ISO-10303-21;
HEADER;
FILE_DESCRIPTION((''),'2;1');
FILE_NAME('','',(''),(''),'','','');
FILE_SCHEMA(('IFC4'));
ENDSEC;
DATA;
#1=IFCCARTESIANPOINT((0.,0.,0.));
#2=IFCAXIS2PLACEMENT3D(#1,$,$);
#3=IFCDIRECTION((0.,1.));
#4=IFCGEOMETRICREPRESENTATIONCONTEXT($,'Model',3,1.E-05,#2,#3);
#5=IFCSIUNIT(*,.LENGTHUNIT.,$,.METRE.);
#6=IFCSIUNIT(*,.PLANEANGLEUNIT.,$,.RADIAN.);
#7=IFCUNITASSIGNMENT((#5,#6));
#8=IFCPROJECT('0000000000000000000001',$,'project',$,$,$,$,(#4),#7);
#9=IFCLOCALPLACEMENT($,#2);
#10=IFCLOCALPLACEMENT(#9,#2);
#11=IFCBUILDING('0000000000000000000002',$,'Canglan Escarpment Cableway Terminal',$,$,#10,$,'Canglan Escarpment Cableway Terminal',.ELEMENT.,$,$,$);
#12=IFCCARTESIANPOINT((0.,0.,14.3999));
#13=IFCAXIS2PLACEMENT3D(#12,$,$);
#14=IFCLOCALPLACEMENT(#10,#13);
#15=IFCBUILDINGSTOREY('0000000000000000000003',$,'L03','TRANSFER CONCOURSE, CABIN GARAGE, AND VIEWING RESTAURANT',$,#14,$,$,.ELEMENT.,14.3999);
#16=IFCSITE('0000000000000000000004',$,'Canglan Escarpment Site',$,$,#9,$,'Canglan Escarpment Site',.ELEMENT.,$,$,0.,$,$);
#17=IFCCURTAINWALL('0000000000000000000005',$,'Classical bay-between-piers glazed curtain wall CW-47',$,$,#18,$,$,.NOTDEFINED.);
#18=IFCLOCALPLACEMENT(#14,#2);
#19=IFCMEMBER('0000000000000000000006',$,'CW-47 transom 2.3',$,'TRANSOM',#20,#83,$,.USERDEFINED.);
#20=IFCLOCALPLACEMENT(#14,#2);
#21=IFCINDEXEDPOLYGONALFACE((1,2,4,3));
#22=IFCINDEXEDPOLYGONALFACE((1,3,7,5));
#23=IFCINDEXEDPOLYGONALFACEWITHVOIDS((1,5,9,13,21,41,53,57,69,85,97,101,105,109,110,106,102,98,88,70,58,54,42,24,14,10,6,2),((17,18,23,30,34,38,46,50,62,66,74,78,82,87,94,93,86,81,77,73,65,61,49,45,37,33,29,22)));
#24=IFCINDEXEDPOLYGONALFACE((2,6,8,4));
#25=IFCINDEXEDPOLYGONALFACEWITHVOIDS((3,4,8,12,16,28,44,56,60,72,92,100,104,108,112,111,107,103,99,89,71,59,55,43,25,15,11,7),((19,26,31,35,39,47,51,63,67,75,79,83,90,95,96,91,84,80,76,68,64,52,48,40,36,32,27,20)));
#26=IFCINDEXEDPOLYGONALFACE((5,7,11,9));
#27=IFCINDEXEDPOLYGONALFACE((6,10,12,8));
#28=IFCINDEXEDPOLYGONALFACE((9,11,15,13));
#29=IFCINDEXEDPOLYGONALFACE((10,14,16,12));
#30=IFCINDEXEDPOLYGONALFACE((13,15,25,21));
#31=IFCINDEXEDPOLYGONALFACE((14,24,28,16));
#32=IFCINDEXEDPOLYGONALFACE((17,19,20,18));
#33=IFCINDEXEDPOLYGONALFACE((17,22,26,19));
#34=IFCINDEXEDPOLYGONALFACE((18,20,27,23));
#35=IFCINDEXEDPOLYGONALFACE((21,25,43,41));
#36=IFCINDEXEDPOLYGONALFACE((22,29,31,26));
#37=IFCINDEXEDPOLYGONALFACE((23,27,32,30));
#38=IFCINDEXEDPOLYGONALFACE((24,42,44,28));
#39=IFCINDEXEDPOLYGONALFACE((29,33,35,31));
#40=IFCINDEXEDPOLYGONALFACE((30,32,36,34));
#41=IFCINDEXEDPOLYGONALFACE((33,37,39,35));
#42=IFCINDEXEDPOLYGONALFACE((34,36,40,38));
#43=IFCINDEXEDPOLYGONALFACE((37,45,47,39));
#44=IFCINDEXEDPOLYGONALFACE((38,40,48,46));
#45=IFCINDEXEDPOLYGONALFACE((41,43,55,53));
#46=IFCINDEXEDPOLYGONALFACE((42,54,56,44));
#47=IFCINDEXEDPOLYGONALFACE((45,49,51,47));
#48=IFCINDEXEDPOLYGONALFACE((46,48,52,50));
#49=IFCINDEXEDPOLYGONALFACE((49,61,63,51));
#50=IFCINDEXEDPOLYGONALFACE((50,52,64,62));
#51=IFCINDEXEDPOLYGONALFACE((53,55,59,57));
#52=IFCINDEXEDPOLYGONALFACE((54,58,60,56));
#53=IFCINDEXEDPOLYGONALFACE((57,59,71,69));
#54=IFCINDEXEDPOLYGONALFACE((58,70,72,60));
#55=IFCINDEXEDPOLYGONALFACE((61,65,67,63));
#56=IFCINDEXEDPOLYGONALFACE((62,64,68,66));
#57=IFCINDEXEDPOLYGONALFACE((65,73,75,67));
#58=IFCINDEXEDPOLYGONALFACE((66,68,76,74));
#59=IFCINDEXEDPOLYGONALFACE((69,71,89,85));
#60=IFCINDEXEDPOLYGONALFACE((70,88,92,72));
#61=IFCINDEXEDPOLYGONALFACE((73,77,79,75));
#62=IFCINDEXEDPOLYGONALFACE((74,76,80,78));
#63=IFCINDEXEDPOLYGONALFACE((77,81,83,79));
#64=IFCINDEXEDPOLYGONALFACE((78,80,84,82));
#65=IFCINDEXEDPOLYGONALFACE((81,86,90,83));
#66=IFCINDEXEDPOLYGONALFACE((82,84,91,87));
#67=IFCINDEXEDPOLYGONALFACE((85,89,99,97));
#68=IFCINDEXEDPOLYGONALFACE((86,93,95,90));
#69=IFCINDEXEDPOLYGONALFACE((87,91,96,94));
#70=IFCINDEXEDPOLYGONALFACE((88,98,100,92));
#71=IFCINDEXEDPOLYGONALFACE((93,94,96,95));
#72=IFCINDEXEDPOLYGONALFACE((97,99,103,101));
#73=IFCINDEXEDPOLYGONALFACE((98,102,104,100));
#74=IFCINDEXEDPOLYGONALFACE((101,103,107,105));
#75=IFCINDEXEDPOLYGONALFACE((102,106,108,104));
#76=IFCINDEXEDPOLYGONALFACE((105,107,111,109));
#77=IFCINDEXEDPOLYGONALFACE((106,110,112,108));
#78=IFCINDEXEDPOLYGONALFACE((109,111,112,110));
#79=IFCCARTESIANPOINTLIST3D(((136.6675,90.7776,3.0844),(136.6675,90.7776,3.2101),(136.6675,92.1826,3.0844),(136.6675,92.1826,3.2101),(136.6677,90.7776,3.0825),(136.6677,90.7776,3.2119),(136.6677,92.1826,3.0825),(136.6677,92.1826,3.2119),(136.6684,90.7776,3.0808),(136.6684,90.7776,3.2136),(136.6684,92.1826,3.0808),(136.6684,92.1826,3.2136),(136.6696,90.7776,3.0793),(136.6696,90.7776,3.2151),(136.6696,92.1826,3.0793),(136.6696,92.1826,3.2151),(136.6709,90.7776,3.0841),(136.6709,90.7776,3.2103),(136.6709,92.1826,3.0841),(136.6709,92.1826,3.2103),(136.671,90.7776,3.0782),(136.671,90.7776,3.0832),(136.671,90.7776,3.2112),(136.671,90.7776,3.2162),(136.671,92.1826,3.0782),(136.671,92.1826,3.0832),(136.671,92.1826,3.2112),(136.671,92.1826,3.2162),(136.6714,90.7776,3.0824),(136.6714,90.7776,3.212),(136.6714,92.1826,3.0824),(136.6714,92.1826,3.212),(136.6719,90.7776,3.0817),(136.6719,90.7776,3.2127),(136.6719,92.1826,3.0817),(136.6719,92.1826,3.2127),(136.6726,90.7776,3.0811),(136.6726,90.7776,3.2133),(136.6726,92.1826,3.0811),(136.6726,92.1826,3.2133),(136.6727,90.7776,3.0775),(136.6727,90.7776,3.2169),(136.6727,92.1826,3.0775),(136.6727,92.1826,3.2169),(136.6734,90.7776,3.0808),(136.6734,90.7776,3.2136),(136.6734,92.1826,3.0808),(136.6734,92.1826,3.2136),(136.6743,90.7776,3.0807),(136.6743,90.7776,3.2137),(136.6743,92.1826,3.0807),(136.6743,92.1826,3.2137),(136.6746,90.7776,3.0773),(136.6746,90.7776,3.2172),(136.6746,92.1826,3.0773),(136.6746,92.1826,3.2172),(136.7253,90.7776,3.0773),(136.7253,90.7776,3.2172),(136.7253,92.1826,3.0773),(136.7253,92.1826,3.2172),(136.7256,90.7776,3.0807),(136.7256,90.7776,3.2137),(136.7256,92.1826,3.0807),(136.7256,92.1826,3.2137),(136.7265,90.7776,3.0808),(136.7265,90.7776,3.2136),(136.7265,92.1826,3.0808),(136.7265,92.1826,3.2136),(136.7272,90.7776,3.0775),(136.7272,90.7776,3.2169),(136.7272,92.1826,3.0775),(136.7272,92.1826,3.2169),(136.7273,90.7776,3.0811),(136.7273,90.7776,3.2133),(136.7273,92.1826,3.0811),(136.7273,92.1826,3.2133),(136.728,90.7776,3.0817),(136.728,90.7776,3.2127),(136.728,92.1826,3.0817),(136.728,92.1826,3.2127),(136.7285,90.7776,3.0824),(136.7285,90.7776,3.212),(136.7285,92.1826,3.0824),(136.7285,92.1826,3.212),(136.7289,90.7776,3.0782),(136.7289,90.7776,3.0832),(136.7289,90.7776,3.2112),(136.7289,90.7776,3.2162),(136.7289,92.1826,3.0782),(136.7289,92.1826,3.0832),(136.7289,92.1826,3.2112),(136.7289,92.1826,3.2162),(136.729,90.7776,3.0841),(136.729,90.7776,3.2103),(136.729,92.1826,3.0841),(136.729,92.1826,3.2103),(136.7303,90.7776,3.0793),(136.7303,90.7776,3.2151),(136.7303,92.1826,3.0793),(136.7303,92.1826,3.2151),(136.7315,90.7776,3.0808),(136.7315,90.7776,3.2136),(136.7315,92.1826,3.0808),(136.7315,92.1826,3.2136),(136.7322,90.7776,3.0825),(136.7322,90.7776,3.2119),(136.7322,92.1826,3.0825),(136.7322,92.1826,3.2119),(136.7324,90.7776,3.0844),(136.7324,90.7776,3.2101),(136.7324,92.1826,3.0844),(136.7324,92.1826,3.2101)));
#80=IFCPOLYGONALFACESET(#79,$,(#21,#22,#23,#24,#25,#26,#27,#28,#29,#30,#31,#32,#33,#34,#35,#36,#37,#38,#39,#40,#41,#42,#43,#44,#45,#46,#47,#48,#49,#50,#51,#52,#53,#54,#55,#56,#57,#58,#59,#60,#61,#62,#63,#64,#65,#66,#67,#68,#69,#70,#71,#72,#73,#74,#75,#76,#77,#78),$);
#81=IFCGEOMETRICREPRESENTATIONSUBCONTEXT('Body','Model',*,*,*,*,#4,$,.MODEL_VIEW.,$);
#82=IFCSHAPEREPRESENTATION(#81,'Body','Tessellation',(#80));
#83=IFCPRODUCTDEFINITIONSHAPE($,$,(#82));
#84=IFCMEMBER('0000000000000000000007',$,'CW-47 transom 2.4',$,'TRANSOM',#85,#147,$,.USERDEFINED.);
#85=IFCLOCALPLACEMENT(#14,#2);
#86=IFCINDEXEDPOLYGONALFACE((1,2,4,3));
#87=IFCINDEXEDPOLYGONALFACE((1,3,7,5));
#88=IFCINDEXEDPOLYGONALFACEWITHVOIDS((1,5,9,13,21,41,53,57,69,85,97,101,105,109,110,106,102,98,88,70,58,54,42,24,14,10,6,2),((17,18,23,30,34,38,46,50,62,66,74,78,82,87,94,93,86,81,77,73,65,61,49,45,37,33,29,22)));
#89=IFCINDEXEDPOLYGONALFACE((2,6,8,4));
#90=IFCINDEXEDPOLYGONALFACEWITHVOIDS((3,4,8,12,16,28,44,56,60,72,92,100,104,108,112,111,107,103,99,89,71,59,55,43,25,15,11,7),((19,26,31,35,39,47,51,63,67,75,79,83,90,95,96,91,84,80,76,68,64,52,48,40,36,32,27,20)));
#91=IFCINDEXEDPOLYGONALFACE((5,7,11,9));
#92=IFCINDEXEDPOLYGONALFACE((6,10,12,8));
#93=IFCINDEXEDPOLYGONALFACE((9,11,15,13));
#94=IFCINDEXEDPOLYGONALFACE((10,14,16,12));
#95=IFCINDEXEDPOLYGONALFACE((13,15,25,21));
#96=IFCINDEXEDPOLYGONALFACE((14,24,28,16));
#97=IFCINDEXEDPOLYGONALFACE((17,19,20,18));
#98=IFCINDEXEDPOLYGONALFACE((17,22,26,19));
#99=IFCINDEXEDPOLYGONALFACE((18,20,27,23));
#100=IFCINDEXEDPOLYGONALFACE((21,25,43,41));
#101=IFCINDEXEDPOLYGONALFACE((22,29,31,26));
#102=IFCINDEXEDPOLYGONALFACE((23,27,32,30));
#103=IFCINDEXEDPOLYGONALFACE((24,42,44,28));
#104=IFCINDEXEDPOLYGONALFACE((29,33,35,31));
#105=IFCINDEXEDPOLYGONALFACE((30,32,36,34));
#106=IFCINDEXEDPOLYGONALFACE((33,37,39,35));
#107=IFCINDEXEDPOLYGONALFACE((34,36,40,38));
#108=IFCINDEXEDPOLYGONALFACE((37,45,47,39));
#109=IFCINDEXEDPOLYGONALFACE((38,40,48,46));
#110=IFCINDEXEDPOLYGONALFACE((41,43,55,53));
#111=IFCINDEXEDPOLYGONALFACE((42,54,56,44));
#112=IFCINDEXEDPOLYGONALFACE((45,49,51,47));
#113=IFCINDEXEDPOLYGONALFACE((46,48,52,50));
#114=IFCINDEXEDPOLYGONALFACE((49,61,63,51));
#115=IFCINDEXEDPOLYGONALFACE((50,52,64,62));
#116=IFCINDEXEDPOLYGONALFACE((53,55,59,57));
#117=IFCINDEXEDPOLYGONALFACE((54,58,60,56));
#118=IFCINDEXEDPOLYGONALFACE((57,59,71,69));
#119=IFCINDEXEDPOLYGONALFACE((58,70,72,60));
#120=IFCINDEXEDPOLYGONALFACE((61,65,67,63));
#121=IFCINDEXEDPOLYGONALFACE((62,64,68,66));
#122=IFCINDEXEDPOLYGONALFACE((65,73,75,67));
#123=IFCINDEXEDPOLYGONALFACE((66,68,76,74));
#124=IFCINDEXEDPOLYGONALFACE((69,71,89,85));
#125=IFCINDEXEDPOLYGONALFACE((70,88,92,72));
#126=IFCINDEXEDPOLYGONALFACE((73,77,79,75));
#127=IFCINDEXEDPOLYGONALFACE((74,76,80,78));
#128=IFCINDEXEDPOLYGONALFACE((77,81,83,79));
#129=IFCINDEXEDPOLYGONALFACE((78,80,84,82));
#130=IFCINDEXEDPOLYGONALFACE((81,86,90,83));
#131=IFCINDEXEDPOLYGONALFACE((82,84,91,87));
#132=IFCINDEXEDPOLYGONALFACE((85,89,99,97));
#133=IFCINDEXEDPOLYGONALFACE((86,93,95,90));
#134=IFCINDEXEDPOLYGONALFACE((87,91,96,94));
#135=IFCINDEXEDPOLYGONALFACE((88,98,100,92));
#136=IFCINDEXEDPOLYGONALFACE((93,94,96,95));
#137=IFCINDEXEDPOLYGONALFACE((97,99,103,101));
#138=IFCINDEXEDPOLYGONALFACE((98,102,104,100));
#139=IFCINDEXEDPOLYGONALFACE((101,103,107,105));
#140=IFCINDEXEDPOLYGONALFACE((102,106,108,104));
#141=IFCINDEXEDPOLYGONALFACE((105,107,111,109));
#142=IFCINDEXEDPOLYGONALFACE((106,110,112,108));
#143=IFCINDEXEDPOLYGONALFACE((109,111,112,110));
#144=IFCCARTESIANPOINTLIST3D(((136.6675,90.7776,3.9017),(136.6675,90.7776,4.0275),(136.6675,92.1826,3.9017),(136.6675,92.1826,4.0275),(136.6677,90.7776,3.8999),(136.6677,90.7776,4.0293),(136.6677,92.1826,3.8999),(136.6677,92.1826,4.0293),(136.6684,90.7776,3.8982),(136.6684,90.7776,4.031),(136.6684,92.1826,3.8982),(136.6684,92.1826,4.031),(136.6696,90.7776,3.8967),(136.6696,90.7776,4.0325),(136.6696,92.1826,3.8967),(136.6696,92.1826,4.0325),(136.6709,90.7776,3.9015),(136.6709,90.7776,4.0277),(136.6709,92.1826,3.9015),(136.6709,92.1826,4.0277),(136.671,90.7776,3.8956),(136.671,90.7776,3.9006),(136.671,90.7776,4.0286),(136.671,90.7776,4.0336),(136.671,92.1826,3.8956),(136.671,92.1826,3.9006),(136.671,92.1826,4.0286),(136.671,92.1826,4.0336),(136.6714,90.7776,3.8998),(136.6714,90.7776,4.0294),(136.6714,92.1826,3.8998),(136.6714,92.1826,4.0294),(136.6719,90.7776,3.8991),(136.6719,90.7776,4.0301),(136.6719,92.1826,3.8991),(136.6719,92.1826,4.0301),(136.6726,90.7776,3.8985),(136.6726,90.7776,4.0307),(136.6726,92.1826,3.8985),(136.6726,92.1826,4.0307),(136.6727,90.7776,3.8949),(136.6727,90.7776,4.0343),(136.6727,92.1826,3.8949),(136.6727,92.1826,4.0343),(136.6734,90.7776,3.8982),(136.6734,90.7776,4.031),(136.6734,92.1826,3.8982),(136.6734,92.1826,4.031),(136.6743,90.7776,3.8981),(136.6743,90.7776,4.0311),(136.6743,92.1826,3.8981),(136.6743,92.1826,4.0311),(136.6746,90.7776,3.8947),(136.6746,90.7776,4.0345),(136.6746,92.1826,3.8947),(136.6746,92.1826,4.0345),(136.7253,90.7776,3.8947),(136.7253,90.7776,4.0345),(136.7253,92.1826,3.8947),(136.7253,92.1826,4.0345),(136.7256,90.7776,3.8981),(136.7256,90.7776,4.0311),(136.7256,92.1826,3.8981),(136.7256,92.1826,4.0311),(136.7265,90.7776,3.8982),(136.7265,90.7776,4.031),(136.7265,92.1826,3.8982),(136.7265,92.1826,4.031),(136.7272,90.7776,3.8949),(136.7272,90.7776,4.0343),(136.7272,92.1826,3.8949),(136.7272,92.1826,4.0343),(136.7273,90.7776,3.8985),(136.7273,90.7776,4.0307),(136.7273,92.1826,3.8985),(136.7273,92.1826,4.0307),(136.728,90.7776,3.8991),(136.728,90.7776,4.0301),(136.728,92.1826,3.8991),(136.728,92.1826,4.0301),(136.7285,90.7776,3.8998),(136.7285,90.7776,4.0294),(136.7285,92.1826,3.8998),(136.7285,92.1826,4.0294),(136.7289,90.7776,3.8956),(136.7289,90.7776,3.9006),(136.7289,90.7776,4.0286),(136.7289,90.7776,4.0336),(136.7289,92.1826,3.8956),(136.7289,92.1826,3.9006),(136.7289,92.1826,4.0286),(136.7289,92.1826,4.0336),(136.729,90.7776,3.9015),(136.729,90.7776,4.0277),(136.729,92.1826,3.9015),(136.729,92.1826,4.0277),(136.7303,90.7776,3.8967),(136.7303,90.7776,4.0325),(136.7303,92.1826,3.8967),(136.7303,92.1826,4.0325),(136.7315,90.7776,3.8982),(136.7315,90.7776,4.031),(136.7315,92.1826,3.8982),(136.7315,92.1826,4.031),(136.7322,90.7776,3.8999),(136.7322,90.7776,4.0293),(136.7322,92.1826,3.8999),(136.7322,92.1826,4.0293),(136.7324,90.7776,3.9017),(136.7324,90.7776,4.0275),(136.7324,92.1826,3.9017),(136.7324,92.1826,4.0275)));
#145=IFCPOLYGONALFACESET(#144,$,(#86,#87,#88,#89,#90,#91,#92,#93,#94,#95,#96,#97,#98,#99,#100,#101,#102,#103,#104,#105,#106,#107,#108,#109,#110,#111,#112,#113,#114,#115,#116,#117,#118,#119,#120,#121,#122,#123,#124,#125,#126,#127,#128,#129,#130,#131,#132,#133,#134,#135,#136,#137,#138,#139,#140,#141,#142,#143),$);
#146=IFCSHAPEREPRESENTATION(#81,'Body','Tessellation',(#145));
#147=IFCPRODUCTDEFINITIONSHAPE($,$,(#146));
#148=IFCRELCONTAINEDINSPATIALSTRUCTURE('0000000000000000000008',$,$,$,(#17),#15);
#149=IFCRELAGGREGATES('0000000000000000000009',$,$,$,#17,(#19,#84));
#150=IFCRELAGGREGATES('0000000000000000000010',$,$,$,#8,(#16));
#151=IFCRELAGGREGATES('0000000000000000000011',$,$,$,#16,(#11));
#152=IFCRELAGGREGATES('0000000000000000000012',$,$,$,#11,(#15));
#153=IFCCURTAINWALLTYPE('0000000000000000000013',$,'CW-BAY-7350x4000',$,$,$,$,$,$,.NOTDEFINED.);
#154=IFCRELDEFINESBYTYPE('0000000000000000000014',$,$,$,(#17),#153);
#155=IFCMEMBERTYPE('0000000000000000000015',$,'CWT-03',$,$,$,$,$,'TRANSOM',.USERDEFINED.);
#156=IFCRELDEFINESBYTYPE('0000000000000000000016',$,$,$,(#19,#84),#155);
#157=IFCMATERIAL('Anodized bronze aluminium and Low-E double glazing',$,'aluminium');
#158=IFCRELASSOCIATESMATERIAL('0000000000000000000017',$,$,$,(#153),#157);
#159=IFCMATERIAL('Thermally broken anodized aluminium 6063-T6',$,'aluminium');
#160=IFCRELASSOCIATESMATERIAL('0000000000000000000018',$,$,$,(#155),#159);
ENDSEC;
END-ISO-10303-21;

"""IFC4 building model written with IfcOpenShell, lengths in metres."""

from ifc_helpers import new_model, si_unit, direction, frame, origin, origin_2d, place, context, subcontext, project, spatial, hollow_rectangle, extrude, material, material_profile, profile_set, type_object, element, aggregate, save


model = new_model("IFC4")

# Units and contexts
model_context = context("Model", 3, precision=1e-05, world=origin(), true_north=direction((0.0, 1.0)))
body_context = subcontext(model_context, "Body", "Model", "MODEL_VIEW")
ifc_project = project(units=[si_unit("LENGTHUNIT", "METRE"), si_unit("PLANEANGLEUNIT", "RADIAN")], contexts=[model_context])

# Site, building, storey
site_placement = place(None, origin())
site = spatial("IfcSite", under=ifc_project, at=site_placement, Name="Canglan Escarpment Site", LongName="Canglan Escarpment Site", CompositionType="ELEMENT", RefElevation=0.0)
building_placement = place(site_placement, origin())
building = spatial("IfcBuilding", under=site, at=building_placement, Name="Canglan Escarpment Cableway Terminal", LongName="Canglan Escarpment Cableway Terminal", CompositionType="ELEMENT")
storey_placement = place(building_placement, frame((0.0, 0.0, 14.3999)))
storey = spatial("IfcBuildingStorey", under=building, at=storey_placement, Name="L03", Description="TRANSFER CONCOURSE, CABIN GARAGE, AND VIEWING RESTAURANT", CompositionType="ELEMENT", Elevation=14.3999)

# Curtain wall, members
ifc_material_1 = material(Name="Anodized bronze aluminium and Low-E double glazing", Category="aluminium")
curtain_wall_type = type_object("IfcCurtainWallType", Name="CW-BAY-7350x4000", PredefinedType="NOTDEFINED", material=ifc_material_1)
curtain_wall_placement = place(storey_placement, origin())
curtain_wall = element("IfcCurtainWall", 1, at=curtain_wall_placement, inside=storey, type_object=curtain_wall_type, Name="Classical bay-between-piers glazed curtain wall CW-47", PredefinedType="NOTDEFINED")
ifc_material_2 = material(Name="Thermally broken anodized aluminium 6063-T6", Category="aluminium")
ifc_material_profile_1 = material_profile(ifc_material_2, hollow_rectangle(XDim=0.0649, YDim=0.1399, WallThickness=0.0034, InnerFilletRadius=0.0034, OuterFilletRadius=0.0071, at=origin_2d()), Name="ALU-TRAN 65x140x3.5")
ifc_profile_set_1 = profile_set([ifc_material_profile_1], Name="Thermally broken anodized aluminium 6063-T6")
member_type_1 = type_object("IfcMemberType", Name="CWT-03", ElementType="TRANSOM", PredefinedType="USERDEFINED", material=ifc_profile_set_1)
member_1_placement = place(storey_placement, frame((136.7, 90.7776, 3.1472), z_axis=(0.0, 1.0, 0.0), x_axis=(-1.0, 0.0, 0.0)))
member_1 = element("IfcMember", 2, at=member_1_placement, type_object=member_type_1, Name="CW-47 transom 2.3", ObjectType="TRANSOM", PredefinedType="USERDEFINED", context=body_context, shape_type="SweptSolid", body=[
    extrude(hollow_rectangle(XDim=0.0649, YDim=0.1399, WallThickness=0.0034, InnerFilletRadius=0.0034, OuterFilletRadius=0.0071, at=origin_2d()), origin(), (0.0, 0.0, 1.0), 1.405),
])
member_2_placement = place(storey_placement, frame((136.7, 90.7776, 3.9646), z_axis=(0.0, 1.0, 0.0), x_axis=(-1.0, 0.0, 0.0)))
member_2 = element("IfcMember", 3, at=member_2_placement, type_object=member_type_1, Name="CW-47 transom 2.4", ObjectType="TRANSOM", PredefinedType="USERDEFINED", context=body_context, shape_type="SweptSolid", body=[
    extrude(hollow_rectangle(XDim=0.0649, YDim=0.1399, WallThickness=0.0034, InnerFilletRadius=0.0034, OuterFilletRadius=0.0071, at=origin_2d()), origin(), (0.0, 0.0, 1.0), 1.405),
])
aggregate(curtain_wall, [member_1, member_2])

save(model, "model.ifc")
